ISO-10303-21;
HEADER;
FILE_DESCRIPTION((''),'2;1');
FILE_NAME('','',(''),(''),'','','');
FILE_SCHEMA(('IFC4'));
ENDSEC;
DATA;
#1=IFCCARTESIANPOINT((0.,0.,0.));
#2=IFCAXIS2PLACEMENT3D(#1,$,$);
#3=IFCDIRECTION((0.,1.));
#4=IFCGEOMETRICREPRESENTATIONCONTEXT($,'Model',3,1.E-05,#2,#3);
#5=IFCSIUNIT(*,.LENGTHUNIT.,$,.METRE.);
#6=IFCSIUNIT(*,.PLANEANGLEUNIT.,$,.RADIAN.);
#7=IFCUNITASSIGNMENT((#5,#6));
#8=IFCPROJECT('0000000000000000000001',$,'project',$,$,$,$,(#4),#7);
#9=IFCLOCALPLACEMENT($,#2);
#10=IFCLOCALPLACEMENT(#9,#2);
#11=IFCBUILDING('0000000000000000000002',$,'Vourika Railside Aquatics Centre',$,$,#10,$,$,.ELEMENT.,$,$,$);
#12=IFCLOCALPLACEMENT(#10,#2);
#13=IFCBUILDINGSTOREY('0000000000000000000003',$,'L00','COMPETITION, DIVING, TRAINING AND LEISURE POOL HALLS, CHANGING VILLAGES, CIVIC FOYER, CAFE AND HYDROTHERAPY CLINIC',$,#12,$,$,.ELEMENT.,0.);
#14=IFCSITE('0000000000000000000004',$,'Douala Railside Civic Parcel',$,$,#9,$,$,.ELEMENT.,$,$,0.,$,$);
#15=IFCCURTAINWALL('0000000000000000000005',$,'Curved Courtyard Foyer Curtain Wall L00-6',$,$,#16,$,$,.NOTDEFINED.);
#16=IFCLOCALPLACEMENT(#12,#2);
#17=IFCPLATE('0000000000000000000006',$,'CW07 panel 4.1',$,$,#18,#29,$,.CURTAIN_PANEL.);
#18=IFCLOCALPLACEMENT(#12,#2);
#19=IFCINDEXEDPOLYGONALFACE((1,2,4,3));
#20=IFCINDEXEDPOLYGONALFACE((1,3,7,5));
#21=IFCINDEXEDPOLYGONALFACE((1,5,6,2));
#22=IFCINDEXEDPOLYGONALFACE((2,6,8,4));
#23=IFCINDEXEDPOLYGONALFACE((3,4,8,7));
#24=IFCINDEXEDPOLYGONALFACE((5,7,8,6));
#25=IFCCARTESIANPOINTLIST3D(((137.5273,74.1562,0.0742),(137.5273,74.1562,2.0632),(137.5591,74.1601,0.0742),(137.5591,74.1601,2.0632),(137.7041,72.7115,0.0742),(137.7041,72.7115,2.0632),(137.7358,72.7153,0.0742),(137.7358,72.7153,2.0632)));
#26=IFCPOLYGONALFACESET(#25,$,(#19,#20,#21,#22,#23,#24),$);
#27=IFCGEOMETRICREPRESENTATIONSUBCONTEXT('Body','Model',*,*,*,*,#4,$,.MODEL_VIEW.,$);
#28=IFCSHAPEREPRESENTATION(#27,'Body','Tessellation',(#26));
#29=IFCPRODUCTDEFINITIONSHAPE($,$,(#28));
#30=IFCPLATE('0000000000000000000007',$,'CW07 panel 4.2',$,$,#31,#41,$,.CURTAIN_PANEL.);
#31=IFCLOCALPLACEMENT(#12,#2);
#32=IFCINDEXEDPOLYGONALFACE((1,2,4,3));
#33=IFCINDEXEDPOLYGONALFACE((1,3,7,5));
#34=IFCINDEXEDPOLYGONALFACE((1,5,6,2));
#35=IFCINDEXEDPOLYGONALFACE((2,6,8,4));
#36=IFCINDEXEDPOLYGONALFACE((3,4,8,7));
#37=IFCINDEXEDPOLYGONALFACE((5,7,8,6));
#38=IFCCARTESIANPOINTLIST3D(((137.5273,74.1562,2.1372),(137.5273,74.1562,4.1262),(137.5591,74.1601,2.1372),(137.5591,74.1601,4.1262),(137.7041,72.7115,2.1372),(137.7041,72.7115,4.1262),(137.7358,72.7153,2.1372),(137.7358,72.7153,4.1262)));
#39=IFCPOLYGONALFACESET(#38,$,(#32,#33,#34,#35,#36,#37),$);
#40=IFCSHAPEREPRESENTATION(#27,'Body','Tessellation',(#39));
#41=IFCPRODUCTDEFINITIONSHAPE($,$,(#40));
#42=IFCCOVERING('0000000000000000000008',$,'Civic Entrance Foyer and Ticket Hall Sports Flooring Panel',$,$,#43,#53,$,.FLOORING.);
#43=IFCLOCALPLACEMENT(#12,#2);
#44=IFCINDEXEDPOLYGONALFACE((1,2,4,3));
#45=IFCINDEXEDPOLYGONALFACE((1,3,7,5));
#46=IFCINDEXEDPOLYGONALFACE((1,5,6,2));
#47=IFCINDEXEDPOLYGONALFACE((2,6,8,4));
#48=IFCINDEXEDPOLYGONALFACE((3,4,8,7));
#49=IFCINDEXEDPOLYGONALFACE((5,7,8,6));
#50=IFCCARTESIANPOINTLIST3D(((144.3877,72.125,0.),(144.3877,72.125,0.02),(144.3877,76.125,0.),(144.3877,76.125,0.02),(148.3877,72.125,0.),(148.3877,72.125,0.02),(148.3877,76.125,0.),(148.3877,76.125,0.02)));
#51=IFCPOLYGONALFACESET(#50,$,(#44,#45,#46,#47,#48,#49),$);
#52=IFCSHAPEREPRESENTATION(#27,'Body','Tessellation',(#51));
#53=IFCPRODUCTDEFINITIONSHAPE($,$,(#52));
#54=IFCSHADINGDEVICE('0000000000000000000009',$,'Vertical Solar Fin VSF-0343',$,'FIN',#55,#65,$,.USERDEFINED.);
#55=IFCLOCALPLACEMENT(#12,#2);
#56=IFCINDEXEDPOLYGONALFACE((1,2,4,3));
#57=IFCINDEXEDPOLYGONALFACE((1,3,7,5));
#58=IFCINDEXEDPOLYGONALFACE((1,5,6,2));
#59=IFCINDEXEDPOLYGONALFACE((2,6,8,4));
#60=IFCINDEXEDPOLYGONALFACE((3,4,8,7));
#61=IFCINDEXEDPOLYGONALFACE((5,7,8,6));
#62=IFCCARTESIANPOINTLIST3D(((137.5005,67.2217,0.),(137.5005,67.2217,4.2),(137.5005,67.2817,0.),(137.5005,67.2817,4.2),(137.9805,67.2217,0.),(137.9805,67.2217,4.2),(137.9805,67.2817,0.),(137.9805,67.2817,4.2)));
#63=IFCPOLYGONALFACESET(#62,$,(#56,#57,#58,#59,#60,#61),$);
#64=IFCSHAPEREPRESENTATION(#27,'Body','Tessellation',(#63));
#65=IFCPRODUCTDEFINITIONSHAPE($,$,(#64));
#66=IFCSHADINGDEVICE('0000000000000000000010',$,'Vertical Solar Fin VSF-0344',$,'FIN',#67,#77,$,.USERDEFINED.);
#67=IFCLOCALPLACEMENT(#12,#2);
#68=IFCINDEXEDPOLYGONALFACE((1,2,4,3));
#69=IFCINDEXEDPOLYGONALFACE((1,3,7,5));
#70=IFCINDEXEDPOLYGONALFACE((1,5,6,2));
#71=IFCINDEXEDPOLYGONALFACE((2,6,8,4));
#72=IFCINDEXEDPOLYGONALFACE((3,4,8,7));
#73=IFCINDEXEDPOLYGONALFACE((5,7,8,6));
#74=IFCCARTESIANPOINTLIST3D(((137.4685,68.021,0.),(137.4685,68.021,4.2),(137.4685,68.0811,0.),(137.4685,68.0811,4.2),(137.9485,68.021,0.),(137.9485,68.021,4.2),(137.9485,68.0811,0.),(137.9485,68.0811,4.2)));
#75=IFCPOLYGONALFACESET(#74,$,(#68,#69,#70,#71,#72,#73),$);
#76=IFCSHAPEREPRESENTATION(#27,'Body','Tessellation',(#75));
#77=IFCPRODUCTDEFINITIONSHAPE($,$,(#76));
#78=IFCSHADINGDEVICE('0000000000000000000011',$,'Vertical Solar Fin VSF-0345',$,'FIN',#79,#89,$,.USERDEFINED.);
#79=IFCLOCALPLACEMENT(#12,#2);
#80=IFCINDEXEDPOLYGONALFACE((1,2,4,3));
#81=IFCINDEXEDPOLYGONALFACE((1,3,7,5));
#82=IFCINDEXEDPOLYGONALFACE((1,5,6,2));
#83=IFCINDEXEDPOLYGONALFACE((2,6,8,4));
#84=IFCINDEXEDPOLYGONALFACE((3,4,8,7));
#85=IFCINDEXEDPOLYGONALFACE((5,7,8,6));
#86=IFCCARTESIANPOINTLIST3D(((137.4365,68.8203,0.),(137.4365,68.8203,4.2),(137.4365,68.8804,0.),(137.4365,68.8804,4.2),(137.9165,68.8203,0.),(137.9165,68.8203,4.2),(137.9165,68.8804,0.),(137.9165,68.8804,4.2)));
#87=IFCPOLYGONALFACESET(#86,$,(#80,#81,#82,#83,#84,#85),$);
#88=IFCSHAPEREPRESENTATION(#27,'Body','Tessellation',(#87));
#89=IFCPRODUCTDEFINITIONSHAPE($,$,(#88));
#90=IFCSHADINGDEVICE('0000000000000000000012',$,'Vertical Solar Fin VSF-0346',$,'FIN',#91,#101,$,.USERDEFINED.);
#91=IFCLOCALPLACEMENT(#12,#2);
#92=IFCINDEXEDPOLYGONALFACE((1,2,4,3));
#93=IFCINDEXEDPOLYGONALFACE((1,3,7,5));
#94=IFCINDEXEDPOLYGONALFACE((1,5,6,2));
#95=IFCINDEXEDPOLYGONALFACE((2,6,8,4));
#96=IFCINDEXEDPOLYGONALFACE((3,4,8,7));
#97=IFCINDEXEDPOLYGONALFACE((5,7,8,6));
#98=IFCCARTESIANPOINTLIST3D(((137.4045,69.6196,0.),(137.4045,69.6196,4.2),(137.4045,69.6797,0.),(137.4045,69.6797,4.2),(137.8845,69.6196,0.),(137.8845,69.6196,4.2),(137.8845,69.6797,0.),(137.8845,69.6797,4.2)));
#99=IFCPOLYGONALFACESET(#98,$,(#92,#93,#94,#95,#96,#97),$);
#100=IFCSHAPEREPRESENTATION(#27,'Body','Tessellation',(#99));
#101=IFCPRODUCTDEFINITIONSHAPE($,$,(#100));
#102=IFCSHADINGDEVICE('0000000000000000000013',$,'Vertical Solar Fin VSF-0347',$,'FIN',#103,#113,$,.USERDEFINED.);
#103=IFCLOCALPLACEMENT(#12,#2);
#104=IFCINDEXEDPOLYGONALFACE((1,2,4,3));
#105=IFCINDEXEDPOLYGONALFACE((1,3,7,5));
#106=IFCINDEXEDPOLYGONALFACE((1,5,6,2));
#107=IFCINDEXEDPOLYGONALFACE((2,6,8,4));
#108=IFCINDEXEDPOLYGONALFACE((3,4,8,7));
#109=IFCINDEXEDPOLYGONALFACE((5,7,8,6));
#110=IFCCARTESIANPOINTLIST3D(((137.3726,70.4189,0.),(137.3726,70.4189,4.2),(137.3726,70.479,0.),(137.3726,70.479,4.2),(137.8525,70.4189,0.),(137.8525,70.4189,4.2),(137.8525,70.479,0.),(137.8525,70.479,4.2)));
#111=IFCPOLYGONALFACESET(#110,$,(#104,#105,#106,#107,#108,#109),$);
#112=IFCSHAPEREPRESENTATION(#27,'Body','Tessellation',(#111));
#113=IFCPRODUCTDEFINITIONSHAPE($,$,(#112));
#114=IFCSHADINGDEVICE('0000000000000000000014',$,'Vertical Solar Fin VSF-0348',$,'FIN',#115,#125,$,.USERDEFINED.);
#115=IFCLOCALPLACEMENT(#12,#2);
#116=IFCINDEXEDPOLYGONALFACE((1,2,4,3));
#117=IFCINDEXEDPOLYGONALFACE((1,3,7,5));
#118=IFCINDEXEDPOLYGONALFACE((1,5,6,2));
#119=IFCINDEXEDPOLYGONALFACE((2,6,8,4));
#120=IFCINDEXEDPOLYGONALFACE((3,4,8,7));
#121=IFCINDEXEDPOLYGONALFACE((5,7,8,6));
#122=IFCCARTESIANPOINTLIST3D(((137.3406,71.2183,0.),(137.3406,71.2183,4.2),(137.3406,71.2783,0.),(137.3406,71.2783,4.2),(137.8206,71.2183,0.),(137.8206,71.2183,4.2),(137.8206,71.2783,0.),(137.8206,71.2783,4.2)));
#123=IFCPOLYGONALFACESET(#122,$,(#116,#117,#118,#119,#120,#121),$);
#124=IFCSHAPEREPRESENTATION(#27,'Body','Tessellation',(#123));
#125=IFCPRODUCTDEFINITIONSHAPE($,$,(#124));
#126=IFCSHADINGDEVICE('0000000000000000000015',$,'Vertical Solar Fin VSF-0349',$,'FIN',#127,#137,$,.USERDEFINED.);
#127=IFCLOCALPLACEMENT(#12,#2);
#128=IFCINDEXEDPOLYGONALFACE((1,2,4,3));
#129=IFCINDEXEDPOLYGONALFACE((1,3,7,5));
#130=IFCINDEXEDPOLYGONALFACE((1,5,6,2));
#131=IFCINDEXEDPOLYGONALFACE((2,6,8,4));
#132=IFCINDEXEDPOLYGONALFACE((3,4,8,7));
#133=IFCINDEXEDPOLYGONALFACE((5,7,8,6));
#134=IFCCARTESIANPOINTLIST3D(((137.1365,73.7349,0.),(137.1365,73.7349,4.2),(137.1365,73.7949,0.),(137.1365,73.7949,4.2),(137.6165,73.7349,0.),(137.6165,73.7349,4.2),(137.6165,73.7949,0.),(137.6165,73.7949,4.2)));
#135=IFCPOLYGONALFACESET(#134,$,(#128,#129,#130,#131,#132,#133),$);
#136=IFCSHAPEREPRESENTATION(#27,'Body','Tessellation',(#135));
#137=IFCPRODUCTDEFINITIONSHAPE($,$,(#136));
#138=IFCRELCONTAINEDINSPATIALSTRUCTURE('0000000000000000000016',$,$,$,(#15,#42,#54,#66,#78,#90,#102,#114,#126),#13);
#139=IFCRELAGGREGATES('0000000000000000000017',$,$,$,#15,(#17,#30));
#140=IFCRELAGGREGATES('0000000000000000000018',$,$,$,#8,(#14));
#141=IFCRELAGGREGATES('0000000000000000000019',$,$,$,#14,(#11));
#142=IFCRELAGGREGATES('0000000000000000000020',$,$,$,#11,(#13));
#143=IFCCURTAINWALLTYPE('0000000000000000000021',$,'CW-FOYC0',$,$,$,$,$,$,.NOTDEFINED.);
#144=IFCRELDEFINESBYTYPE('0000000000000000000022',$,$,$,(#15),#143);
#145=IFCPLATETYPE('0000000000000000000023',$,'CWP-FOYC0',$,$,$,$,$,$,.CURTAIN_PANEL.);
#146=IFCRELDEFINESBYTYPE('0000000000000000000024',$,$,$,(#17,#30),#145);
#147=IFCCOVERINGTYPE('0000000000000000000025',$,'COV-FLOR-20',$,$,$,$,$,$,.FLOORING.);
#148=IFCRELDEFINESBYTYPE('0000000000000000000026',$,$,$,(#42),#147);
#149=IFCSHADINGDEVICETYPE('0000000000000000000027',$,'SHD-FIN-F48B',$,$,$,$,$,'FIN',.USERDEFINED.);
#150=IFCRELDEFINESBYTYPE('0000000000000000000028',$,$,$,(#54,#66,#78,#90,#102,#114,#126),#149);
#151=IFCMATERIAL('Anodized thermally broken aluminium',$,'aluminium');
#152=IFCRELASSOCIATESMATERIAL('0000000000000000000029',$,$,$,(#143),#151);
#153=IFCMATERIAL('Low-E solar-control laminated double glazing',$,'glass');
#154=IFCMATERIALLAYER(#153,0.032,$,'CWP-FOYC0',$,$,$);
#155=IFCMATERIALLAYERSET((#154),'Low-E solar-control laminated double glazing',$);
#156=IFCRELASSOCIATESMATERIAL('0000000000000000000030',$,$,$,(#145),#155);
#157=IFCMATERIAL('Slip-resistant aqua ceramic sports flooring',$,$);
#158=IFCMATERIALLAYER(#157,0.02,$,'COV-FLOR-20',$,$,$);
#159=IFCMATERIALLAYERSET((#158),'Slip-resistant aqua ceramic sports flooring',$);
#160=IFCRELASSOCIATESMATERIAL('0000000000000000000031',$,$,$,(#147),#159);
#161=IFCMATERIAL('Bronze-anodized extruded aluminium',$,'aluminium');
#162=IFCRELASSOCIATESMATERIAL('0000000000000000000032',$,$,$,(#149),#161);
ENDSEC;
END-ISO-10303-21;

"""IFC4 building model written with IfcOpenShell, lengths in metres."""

from ifc_helpers import new_model, si_unit, direction, frame, origin, origin_2d, place, context, subcontext, project, spatial, rectangle, extrude, material, layer, layer_set, material_profile, profile_set, type_object, element, aggregate, save


model = new_model("IFC4")

# Units and contexts
model_context = context("Model", 3, precision=1e-05, world=origin(), true_north=direction((0.0, 1.0)))
body_context = subcontext(model_context, "Body", "Model", "MODEL_VIEW")
ifc_project = project(units=[si_unit("LENGTHUNIT", "METRE"), si_unit("PLANEANGLEUNIT", "RADIAN")], contexts=[model_context])

# Site, building, storey
site_placement = place(None, origin())
site = spatial("IfcSite", under=ifc_project, at=site_placement, Name="Douala Railside Civic Parcel", CompositionType="ELEMENT", RefElevation=0.0)
building_placement = place(site_placement, origin())
building = spatial("IfcBuilding", under=site, at=building_placement, Name="Vourika Railside Aquatics Centre", CompositionType="ELEMENT")
storey_placement = place(building_placement, origin())
storey = spatial("IfcBuildingStorey", under=building, at=storey_placement, Name="L00", Description="COMPETITION, DIVING, TRAINING AND LEISURE POOL HALLS, CHANGING VILLAGES, CIVIC FOYER, CAFE AND HYDROTHERAPY CLINIC", CompositionType="ELEMENT", Elevation=0.0)

# Shared definitions
ifc_material_1 = material(Name="Anodized thermally broken aluminium", Category="aluminium")
curtain_wall_type = type_object("IfcCurtainWallType", Name="CW-FOYC0", PredefinedType="NOTDEFINED", material=ifc_material_1)

# Curtain wall
curtain_wall_1_placement = place(storey_placement, origin())
curtain_wall_1 = element("IfcCurtainWall", 1, at=curtain_wall_1_placement, inside=storey, type_object=curtain_wall_type, Name="Curved Courtyard Foyer Curtain Wall L00-6", PredefinedType="NOTDEFINED")

# Plates
ifc_material_2 = material(Name="Low-E solar-control laminated double glazing", Category="glass")
ifc_layer_1 = layer(ifc_material_2, 0.032, Name="CWP-FOYC0")
ifc_layer_set_1 = layer_set([ifc_layer_1], Name="Low-E solar-control laminated double glazing")
plate_type = type_object("IfcPlateType", Name="CWP-FOYC0", PredefinedType="CURTAIN_PANEL", material=ifc_layer_set_1)
plate_1_placement = place(storey_placement, frame((137.6316, 73.4358, 0.0742), z_axis=(0.0, 0.0, 1.0), x_axis=(0.121442, -0.992599, 0.0)))
plate_1 = element("IfcPlate", 2, at=plate_1_placement, type_object=plate_type, Name="CW07 panel 4.1", PredefinedType="CURTAIN_PANEL", context=body_context, shape_type="SweptSolid", body=[
    extrude(rectangle(XDim=1.4556, YDim=0.032, at=origin_2d()), origin(), (0.0, 0.0, 1.0), 1.989),
])
plate_2_placement = place(storey_placement, frame((137.6316, 73.4358, 2.1372), z_axis=(0.0, 0.0, 1.0), x_axis=(0.121442, -0.992599, 0.0)))
plate_2 = element("IfcPlate", 3, at=plate_2_placement, type_object=plate_type, Name="CW07 panel 4.2", PredefinedType="CURTAIN_PANEL", context=body_context, shape_type="SweptSolid", body=[
    extrude(rectangle(XDim=1.4556, YDim=0.032, at=origin_2d()), origin(), (0.0, 0.0, 1.0), 1.989),
])
aggregate(curtain_wall_1, [plate_1, plate_2])

# Covering
ifc_material_3 = material(Name="Slip-resistant aqua ceramic sports flooring")
ifc_layer_2 = layer(ifc_material_3, 0.02, Name="COV-FLOR-20")
ifc_layer_set_2 = layer_set([ifc_layer_2], Name="Slip-resistant aqua ceramic sports flooring")
covering_type = type_object("IfcCoveringType", Name="COV-FLOR-20", PredefinedType="FLOORING", material=ifc_layer_set_2)
covering_placement = place(storey_placement, frame((146.3877, 74.125, 0.0), z_axis=(0.0, 0.0, 1.0), x_axis=(1.0, 0.0, 0.0)))
element("IfcCovering", 4, at=covering_placement, inside=storey, type_object=covering_type, Name="Civic Entrance Foyer and Ticket Hall Sports Flooring Panel", PredefinedType="FLOORING", context=body_context, shape_type="SweptSolid", body=[
    extrude(rectangle(XDim=4.0, YDim=4.0, at=origin_2d()), origin(), (0.0, 0.0, 1.0), 0.02),
])

# Shading devices
ifc_material_4 = material(Name="Bronze-anodized extruded aluminium", Category="aluminium")
ifc_material_profile_1 = material_profile(ifc_material_4, rectangle(XDim=0.0601, YDim=0.48, at=origin_2d()), Name="ALU-FIN 60x480")
ifc_profile_set_1 = profile_set([ifc_material_profile_1], Name="Bronze-anodized extruded aluminium")
shading_device_type = type_object("IfcShadingDeviceType", Name="SHD-FIN-F48B", ElementType="FIN", PredefinedType="USERDEFINED", material=ifc_profile_set_1)
for number, where, z_axis, x_axis, name in (
    (5, (137.7405, 67.2517, 0.0), (0.0, 0.0, 1.0), (0.0, 1.0, 0.0), "Vertical Solar Fin VSF-0343"),
    (6, (137.7085, 68.051, 0.0), (0.0, 0.0, 1.0), (0.0, 1.0, 0.0), "Vertical Solar Fin VSF-0344"),
    (7, (137.6765, 68.8503, 0.0), (0.0, 0.0, 1.0), (0.0, 1.0, 0.0), "Vertical Solar Fin VSF-0345"),
    (8, (137.6445, 69.6497, 0.0), (0.0, 0.0, 1.0), (0.0, 1.0, 0.0), "Vertical Solar Fin VSF-0346"),
    (9, (137.6125, 70.449, 0.0), (0.0, 0.0, 1.0), (0.0, 1.0, 0.0), "Vertical Solar Fin VSF-0347"),
    (10, (137.5806, 71.2483, 0.0), (0.0, 0.0, 1.0), (0.0, 1.0, 0.0), "Vertical Solar Fin VSF-0348"),
    (11, (137.3765, 73.7649, 0.0), (0.0, 0.0, 1.0), (0.0, 1.0, 0.0), "Vertical Solar Fin VSF-0349"),
):
    element("IfcShadingDevice", number, at=place(storey_placement, frame(where, z_axis=z_axis, x_axis=x_axis)), inside=storey, type_object=shading_device_type, Name=name, ObjectType="FIN", PredefinedType="USERDEFINED", context=body_context, shape_type="SweptSolid", body=[
        extrude(rectangle(XDim=0.0601, YDim=0.48, at=origin_2d()), origin(), (0.0, 0.0, 1.0), 4.2),
    ])

save(model, "model.ifc")
